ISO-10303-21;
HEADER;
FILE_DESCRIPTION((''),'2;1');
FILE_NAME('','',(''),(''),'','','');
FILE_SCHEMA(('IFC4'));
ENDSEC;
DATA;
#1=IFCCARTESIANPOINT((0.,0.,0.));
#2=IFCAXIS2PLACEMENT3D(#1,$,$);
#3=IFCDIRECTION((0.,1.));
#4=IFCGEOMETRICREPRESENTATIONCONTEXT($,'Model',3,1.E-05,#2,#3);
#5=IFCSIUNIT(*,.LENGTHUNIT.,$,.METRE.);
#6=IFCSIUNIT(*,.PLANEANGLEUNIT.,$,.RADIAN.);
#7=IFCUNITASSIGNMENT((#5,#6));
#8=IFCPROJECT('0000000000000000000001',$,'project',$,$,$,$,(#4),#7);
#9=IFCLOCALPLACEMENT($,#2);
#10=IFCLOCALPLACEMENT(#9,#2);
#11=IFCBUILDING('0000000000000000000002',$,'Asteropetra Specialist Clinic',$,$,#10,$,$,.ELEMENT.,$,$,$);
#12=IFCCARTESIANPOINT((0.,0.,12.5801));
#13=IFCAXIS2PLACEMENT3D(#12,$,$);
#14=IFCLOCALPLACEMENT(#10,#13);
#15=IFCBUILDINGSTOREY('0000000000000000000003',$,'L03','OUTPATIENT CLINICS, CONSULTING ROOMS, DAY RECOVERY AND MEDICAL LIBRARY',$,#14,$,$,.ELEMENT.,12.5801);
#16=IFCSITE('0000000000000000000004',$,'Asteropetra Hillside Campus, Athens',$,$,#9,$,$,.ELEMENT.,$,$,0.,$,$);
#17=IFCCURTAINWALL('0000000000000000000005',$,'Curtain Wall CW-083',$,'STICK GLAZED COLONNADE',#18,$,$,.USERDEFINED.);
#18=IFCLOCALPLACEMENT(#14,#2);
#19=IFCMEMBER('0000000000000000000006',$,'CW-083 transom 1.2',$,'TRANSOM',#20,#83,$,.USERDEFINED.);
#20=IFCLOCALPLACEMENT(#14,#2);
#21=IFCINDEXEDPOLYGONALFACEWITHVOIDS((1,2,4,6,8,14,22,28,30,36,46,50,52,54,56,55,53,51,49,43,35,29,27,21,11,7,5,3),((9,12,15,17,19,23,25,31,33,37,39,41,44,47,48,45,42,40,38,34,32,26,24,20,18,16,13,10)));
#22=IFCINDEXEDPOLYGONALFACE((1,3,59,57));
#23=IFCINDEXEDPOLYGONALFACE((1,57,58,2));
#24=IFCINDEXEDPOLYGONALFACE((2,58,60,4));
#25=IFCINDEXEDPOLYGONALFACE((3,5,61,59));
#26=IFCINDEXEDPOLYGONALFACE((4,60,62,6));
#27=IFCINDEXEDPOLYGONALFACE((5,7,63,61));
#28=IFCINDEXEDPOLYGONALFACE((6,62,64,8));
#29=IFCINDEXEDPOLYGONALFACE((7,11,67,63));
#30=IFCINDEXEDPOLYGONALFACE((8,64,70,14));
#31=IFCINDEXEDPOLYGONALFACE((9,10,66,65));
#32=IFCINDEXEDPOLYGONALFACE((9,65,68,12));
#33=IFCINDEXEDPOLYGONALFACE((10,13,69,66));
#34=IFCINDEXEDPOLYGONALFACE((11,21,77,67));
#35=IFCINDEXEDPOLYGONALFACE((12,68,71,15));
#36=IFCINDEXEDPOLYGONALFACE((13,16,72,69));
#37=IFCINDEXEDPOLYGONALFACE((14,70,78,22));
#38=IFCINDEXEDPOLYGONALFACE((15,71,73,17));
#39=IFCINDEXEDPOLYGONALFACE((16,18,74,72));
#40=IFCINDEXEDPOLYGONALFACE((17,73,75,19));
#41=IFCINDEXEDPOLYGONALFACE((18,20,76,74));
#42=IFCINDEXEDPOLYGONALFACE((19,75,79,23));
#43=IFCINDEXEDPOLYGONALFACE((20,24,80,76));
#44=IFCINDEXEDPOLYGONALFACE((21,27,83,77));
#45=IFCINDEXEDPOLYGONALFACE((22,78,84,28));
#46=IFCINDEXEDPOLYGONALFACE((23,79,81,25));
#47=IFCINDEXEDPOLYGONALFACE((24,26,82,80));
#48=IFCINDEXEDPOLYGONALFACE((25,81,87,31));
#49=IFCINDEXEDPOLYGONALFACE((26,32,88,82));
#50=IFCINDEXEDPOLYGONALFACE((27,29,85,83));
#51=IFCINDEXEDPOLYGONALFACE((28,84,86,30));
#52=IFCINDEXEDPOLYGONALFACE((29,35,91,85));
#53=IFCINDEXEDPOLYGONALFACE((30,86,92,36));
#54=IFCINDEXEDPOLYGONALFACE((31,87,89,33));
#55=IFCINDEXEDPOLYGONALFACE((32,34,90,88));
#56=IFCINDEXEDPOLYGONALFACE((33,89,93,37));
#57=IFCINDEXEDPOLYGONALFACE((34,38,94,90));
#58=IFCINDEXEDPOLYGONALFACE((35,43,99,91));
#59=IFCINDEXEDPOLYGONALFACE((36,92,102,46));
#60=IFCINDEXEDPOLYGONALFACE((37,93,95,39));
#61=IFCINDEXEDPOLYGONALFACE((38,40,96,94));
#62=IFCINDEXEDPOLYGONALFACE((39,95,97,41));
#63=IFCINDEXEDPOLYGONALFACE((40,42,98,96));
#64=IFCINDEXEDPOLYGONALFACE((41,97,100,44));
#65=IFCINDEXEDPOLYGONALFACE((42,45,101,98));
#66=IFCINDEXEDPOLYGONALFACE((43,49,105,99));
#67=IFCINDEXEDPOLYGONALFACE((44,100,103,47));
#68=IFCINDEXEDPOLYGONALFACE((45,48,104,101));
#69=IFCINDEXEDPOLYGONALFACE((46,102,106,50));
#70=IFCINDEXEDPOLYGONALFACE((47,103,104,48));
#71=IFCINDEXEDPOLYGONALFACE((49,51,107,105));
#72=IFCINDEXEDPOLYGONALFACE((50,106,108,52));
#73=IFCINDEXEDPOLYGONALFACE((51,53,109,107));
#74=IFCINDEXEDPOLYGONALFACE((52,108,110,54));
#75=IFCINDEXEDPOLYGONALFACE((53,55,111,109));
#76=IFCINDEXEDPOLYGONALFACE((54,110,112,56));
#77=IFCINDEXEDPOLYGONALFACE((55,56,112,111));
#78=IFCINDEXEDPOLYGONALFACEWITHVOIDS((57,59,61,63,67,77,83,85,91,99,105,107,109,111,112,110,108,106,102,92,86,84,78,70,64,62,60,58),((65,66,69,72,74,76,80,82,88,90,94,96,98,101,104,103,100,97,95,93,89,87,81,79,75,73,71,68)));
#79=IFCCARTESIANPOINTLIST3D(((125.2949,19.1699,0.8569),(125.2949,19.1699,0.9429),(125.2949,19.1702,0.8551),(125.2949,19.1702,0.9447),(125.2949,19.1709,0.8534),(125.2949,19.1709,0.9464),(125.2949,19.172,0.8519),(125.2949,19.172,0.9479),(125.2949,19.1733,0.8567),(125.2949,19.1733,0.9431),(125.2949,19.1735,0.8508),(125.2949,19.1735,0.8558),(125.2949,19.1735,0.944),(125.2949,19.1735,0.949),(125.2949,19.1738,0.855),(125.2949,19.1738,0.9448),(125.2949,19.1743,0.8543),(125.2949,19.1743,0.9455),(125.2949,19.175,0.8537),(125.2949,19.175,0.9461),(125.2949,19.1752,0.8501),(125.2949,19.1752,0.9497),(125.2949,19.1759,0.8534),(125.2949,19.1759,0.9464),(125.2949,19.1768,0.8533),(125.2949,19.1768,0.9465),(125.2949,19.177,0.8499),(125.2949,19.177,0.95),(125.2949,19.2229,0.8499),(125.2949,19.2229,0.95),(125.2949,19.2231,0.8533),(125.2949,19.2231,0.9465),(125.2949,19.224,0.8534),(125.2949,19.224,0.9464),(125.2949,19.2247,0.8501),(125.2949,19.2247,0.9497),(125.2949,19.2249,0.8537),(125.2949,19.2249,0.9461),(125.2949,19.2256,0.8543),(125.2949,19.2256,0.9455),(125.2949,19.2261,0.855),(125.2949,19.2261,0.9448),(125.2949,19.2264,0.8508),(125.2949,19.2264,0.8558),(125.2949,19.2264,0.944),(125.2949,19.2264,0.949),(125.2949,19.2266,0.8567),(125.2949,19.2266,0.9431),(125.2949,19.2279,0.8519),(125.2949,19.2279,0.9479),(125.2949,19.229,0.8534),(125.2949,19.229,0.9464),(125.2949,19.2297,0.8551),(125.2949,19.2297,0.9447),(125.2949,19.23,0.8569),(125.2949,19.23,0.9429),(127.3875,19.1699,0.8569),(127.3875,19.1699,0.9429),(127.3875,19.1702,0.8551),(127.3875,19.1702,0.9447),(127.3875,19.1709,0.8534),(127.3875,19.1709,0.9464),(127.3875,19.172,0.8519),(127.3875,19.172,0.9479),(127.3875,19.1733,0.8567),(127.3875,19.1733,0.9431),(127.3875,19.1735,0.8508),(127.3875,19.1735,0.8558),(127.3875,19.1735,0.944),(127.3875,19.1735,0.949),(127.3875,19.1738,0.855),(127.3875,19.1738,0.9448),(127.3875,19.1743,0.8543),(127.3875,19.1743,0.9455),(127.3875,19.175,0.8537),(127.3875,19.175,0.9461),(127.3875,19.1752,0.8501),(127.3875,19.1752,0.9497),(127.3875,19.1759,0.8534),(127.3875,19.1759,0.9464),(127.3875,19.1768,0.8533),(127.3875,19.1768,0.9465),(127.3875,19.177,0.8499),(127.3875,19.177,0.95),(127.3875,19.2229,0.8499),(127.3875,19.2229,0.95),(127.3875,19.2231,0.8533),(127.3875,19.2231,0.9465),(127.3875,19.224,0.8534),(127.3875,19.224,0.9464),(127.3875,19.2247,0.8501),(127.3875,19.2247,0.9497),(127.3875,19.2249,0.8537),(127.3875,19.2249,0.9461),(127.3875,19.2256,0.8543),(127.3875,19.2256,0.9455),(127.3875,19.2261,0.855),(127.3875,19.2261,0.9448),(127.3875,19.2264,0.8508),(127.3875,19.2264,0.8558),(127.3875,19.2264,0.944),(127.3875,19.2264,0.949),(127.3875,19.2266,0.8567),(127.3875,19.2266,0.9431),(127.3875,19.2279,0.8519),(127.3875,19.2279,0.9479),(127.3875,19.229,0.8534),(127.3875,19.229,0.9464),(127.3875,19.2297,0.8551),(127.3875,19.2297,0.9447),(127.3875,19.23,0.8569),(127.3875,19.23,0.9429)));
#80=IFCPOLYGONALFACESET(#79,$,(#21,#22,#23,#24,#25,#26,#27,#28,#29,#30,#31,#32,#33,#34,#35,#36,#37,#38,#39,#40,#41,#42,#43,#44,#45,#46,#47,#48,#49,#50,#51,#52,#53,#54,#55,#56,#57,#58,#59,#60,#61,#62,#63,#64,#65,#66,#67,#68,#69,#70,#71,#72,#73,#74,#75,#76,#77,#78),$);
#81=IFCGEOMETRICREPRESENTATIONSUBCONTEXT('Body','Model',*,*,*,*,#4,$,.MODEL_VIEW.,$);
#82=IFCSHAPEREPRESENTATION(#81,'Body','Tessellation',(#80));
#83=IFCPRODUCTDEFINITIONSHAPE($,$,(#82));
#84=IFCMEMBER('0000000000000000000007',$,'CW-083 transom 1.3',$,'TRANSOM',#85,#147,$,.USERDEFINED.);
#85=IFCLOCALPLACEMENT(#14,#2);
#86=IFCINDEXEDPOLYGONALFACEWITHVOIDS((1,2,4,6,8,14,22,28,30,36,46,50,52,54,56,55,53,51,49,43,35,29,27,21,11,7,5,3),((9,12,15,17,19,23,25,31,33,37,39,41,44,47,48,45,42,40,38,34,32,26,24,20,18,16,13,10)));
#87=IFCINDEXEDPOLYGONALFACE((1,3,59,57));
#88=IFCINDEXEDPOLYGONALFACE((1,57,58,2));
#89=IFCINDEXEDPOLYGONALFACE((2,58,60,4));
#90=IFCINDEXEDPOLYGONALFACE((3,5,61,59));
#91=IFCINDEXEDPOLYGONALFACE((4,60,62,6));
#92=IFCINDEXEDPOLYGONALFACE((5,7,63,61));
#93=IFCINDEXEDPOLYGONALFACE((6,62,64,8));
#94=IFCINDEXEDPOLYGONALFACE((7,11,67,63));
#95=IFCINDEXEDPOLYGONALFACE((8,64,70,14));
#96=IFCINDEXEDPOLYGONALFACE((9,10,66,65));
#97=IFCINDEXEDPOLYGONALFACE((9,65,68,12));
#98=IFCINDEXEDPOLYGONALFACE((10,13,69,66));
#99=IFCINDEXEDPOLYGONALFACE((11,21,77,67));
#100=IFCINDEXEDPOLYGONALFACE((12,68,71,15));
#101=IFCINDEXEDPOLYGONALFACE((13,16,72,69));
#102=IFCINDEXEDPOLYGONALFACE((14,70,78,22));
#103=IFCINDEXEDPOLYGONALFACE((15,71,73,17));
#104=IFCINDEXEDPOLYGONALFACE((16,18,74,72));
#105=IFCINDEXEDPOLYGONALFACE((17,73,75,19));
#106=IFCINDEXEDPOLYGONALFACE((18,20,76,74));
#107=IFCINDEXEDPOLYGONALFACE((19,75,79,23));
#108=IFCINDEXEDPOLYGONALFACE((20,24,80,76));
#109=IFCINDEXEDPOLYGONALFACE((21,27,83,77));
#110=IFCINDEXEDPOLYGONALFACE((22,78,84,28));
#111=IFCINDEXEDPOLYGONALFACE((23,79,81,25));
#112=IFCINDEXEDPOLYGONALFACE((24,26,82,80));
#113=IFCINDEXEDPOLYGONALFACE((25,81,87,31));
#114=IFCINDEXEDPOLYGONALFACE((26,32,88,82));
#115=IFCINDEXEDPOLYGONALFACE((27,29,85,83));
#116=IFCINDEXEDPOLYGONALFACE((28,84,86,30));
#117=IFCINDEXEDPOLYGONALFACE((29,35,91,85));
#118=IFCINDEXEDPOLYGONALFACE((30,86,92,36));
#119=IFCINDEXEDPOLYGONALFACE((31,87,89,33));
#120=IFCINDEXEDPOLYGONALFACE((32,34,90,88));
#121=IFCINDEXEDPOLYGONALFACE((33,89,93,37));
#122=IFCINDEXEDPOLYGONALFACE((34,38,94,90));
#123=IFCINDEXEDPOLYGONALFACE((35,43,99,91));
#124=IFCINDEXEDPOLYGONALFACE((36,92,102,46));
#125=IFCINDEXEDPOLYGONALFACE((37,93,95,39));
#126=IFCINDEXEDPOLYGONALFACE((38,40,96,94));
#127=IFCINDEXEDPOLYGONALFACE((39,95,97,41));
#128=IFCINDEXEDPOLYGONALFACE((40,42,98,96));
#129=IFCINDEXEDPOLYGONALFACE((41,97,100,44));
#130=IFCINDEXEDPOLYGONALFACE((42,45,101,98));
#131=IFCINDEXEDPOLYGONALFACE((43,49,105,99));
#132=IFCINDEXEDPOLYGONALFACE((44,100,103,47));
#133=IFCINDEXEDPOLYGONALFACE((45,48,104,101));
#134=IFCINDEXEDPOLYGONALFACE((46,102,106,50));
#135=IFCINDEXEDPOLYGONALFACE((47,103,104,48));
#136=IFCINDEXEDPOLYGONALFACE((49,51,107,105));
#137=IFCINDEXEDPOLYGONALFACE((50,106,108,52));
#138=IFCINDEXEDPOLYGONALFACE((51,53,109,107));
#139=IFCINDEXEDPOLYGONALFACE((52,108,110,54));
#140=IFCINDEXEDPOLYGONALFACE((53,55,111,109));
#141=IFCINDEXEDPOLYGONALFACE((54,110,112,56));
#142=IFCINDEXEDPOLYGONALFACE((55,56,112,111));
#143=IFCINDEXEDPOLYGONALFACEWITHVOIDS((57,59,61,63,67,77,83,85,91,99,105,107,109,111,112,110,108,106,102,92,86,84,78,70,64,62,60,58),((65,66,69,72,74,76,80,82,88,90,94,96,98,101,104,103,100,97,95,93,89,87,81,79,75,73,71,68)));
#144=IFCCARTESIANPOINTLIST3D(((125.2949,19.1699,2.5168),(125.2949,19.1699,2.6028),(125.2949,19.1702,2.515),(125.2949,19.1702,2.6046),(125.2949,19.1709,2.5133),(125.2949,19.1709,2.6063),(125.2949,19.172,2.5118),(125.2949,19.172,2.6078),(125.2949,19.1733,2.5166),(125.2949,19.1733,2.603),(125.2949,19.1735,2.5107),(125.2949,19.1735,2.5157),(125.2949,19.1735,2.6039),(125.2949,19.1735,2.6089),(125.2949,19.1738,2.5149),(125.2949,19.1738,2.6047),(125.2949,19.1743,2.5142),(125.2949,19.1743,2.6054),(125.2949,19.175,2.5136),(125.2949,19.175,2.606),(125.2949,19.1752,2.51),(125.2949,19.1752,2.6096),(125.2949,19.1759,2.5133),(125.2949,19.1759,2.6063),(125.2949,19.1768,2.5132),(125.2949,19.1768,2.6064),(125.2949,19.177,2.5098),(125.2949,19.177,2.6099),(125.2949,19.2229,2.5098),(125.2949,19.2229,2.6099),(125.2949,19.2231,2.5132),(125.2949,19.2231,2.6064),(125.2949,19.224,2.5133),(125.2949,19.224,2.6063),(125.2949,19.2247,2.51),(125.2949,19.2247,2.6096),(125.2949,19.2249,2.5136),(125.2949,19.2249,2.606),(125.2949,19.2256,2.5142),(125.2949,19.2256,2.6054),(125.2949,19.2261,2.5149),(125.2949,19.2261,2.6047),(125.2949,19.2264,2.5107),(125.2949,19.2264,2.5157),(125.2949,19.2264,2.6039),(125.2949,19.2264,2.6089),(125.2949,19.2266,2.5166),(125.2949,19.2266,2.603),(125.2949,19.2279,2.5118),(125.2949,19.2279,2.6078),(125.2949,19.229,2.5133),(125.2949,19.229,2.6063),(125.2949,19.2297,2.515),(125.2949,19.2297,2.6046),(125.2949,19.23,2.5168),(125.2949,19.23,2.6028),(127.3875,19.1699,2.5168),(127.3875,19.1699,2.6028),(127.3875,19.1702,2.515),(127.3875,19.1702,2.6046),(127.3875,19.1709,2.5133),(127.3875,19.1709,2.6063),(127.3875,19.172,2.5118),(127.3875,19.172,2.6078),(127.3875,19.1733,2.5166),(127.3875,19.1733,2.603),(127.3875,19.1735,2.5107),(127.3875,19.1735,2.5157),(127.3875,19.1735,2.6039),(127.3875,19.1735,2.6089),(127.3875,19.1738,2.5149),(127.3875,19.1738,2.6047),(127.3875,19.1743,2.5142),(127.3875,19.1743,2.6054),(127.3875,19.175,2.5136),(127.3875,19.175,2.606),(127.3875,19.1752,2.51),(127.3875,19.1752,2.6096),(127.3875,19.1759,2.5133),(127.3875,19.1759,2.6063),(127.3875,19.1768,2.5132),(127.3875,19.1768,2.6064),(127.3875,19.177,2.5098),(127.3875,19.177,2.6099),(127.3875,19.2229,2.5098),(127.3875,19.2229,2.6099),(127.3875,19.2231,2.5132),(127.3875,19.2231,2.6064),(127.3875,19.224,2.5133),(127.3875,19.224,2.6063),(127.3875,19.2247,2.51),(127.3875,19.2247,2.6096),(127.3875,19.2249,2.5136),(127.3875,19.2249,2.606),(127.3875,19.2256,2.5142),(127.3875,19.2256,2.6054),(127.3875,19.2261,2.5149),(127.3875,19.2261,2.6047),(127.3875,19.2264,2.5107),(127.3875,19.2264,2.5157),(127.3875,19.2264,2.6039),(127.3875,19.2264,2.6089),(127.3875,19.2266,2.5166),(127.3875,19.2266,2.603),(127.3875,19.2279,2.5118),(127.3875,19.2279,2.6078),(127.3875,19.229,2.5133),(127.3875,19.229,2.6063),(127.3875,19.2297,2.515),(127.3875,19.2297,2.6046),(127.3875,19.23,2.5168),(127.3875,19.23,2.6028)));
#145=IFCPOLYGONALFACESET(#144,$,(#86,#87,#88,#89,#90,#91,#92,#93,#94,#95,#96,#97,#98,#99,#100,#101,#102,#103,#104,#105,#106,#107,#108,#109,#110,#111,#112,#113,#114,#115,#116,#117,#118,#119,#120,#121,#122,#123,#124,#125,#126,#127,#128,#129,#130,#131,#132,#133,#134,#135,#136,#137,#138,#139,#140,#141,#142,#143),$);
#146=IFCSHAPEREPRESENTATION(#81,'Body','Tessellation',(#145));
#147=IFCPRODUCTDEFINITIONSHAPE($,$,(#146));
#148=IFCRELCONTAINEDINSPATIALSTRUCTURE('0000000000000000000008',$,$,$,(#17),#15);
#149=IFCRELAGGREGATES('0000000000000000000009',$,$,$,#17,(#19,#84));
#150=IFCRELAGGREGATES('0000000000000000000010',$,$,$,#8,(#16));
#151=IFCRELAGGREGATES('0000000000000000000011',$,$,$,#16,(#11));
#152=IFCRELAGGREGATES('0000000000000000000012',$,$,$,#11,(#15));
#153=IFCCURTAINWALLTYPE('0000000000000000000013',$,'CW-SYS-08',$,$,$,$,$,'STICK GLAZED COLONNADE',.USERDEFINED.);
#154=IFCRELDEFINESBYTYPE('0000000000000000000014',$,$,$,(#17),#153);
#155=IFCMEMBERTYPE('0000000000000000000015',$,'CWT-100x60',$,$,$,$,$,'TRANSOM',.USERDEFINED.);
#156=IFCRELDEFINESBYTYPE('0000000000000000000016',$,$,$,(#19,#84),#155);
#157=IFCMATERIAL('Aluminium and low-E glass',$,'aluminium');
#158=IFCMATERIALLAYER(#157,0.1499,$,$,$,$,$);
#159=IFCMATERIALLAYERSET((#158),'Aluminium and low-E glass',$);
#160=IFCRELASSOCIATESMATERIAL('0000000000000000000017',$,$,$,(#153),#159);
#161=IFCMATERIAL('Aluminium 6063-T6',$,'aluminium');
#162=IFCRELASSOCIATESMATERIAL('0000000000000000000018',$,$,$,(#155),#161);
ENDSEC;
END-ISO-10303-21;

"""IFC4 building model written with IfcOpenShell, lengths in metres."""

from ifc_helpers import new_model, si_unit, direction, frame, origin, origin_2d, place, context, subcontext, project, spatial, hollow_rectangle, extrude, material, layer, layer_set, material_profile, profile_set, type_object, element, aggregate, save


model = new_model("IFC4")

# Units and contexts
model_context = context("Model", 3, precision=1e-05, world=origin(), true_north=direction((0.0, 1.0)))
body_context = subcontext(model_context, "Body", "Model", "MODEL_VIEW")
ifc_project = project(units=[si_unit("LENGTHUNIT", "METRE"), si_unit("PLANEANGLEUNIT", "RADIAN")], contexts=[model_context])

# Site, building, storey
site_placement = place(None, origin())
site = spatial("IfcSite", under=ifc_project, at=site_placement, Name="Asteropetra Hillside Campus, Athens", CompositionType="ELEMENT", RefElevation=0.0)
building_placement = place(site_placement, origin())
building = spatial("IfcBuilding", under=site, at=building_placement, Name="Asteropetra Specialist Clinic", CompositionType="ELEMENT")
storey_placement = place(building_placement, frame((0.0, 0.0, 12.5801)))
storey = spatial("IfcBuildingStorey", under=building, at=storey_placement, Name="L03", Description="OUTPATIENT CLINICS, CONSULTING ROOMS, DAY RECOVERY AND MEDICAL LIBRARY", CompositionType="ELEMENT", Elevation=12.5801)

# Curtain wall, members
ifc_material_1 = material(Name="Aluminium and low-E glass", Category="aluminium")
ifc_layer_1 = layer(ifc_material_1, 0.1499)
ifc_layer_set_1 = layer_set([ifc_layer_1], Name="Aluminium and low-E glass")
curtain_wall_type = type_object("IfcCurtainWallType", Name="CW-SYS-08", ElementType="STICK GLAZED COLONNADE", PredefinedType="USERDEFINED", material=ifc_layer_set_1)
curtain_wall_placement = place(storey_placement, origin())
curtain_wall = element("IfcCurtainWall", 1, at=curtain_wall_placement, inside=storey, type_object=curtain_wall_type, Name="Curtain Wall CW-083", ObjectType="STICK GLAZED COLONNADE", PredefinedType="USERDEFINED")
ifc_material_2 = material(Name="Aluminium 6063-T6", Category="aluminium")
ifc_material_profile_1 = material_profile(ifc_material_2, hollow_rectangle(XDim=0.0601, YDim=0.1001, WallThickness=0.0034, InnerFilletRadius=0.0034, OuterFilletRadius=0.0071, at=origin_2d()), Name="TRN 100x60x3.5")
ifc_profile_set_1 = profile_set([ifc_material_profile_1], Name="Aluminium 6063-T6")
member_type_1 = type_object("IfcMemberType", Name="CWT-100x60", ElementType="TRANSOM", PredefinedType="USERDEFINED", material=ifc_profile_set_1)
member_1_placement = place(storey_placement, frame((125.2949, 19.2, 0.8999), z_axis=(1.0, 0.0, 0.0), x_axis=(0.0, 1.0, 0.0)))
member_1 = element("IfcMember", 2, at=member_1_placement, type_object=member_type_1, Name="CW-083 transom 1.2", ObjectType="TRANSOM", PredefinedType="USERDEFINED", context=body_context, shape_type="SweptSolid", body=[
    extrude(hollow_rectangle(XDim=0.0601, YDim=0.1001, WallThickness=0.0034, InnerFilletRadius=0.0034, OuterFilletRadius=0.0071, at=origin_2d()), origin(), (0.0, 0.0, 1.0), 2.0925),
])
member_2_placement = place(storey_placement, frame((125.2949, 19.2, 2.5598), z_axis=(1.0, 0.0, 0.0), x_axis=(0.0, 1.0, 0.0)))
member_2 = element("IfcMember", 3, at=member_2_placement, type_object=member_type_1, Name="CW-083 transom 1.3", ObjectType="TRANSOM", PredefinedType="USERDEFINED", context=body_context, shape_type="SweptSolid", body=[
    extrude(hollow_rectangle(XDim=0.0601, YDim=0.1001, WallThickness=0.0034, InnerFilletRadius=0.0034, OuterFilletRadius=0.0071, at=origin_2d()), origin(), (0.0, 0.0, 1.0), 2.0925),
])

aggregate(curtain_wall, [member_1, member_2])

save(model, "model.ifc")
